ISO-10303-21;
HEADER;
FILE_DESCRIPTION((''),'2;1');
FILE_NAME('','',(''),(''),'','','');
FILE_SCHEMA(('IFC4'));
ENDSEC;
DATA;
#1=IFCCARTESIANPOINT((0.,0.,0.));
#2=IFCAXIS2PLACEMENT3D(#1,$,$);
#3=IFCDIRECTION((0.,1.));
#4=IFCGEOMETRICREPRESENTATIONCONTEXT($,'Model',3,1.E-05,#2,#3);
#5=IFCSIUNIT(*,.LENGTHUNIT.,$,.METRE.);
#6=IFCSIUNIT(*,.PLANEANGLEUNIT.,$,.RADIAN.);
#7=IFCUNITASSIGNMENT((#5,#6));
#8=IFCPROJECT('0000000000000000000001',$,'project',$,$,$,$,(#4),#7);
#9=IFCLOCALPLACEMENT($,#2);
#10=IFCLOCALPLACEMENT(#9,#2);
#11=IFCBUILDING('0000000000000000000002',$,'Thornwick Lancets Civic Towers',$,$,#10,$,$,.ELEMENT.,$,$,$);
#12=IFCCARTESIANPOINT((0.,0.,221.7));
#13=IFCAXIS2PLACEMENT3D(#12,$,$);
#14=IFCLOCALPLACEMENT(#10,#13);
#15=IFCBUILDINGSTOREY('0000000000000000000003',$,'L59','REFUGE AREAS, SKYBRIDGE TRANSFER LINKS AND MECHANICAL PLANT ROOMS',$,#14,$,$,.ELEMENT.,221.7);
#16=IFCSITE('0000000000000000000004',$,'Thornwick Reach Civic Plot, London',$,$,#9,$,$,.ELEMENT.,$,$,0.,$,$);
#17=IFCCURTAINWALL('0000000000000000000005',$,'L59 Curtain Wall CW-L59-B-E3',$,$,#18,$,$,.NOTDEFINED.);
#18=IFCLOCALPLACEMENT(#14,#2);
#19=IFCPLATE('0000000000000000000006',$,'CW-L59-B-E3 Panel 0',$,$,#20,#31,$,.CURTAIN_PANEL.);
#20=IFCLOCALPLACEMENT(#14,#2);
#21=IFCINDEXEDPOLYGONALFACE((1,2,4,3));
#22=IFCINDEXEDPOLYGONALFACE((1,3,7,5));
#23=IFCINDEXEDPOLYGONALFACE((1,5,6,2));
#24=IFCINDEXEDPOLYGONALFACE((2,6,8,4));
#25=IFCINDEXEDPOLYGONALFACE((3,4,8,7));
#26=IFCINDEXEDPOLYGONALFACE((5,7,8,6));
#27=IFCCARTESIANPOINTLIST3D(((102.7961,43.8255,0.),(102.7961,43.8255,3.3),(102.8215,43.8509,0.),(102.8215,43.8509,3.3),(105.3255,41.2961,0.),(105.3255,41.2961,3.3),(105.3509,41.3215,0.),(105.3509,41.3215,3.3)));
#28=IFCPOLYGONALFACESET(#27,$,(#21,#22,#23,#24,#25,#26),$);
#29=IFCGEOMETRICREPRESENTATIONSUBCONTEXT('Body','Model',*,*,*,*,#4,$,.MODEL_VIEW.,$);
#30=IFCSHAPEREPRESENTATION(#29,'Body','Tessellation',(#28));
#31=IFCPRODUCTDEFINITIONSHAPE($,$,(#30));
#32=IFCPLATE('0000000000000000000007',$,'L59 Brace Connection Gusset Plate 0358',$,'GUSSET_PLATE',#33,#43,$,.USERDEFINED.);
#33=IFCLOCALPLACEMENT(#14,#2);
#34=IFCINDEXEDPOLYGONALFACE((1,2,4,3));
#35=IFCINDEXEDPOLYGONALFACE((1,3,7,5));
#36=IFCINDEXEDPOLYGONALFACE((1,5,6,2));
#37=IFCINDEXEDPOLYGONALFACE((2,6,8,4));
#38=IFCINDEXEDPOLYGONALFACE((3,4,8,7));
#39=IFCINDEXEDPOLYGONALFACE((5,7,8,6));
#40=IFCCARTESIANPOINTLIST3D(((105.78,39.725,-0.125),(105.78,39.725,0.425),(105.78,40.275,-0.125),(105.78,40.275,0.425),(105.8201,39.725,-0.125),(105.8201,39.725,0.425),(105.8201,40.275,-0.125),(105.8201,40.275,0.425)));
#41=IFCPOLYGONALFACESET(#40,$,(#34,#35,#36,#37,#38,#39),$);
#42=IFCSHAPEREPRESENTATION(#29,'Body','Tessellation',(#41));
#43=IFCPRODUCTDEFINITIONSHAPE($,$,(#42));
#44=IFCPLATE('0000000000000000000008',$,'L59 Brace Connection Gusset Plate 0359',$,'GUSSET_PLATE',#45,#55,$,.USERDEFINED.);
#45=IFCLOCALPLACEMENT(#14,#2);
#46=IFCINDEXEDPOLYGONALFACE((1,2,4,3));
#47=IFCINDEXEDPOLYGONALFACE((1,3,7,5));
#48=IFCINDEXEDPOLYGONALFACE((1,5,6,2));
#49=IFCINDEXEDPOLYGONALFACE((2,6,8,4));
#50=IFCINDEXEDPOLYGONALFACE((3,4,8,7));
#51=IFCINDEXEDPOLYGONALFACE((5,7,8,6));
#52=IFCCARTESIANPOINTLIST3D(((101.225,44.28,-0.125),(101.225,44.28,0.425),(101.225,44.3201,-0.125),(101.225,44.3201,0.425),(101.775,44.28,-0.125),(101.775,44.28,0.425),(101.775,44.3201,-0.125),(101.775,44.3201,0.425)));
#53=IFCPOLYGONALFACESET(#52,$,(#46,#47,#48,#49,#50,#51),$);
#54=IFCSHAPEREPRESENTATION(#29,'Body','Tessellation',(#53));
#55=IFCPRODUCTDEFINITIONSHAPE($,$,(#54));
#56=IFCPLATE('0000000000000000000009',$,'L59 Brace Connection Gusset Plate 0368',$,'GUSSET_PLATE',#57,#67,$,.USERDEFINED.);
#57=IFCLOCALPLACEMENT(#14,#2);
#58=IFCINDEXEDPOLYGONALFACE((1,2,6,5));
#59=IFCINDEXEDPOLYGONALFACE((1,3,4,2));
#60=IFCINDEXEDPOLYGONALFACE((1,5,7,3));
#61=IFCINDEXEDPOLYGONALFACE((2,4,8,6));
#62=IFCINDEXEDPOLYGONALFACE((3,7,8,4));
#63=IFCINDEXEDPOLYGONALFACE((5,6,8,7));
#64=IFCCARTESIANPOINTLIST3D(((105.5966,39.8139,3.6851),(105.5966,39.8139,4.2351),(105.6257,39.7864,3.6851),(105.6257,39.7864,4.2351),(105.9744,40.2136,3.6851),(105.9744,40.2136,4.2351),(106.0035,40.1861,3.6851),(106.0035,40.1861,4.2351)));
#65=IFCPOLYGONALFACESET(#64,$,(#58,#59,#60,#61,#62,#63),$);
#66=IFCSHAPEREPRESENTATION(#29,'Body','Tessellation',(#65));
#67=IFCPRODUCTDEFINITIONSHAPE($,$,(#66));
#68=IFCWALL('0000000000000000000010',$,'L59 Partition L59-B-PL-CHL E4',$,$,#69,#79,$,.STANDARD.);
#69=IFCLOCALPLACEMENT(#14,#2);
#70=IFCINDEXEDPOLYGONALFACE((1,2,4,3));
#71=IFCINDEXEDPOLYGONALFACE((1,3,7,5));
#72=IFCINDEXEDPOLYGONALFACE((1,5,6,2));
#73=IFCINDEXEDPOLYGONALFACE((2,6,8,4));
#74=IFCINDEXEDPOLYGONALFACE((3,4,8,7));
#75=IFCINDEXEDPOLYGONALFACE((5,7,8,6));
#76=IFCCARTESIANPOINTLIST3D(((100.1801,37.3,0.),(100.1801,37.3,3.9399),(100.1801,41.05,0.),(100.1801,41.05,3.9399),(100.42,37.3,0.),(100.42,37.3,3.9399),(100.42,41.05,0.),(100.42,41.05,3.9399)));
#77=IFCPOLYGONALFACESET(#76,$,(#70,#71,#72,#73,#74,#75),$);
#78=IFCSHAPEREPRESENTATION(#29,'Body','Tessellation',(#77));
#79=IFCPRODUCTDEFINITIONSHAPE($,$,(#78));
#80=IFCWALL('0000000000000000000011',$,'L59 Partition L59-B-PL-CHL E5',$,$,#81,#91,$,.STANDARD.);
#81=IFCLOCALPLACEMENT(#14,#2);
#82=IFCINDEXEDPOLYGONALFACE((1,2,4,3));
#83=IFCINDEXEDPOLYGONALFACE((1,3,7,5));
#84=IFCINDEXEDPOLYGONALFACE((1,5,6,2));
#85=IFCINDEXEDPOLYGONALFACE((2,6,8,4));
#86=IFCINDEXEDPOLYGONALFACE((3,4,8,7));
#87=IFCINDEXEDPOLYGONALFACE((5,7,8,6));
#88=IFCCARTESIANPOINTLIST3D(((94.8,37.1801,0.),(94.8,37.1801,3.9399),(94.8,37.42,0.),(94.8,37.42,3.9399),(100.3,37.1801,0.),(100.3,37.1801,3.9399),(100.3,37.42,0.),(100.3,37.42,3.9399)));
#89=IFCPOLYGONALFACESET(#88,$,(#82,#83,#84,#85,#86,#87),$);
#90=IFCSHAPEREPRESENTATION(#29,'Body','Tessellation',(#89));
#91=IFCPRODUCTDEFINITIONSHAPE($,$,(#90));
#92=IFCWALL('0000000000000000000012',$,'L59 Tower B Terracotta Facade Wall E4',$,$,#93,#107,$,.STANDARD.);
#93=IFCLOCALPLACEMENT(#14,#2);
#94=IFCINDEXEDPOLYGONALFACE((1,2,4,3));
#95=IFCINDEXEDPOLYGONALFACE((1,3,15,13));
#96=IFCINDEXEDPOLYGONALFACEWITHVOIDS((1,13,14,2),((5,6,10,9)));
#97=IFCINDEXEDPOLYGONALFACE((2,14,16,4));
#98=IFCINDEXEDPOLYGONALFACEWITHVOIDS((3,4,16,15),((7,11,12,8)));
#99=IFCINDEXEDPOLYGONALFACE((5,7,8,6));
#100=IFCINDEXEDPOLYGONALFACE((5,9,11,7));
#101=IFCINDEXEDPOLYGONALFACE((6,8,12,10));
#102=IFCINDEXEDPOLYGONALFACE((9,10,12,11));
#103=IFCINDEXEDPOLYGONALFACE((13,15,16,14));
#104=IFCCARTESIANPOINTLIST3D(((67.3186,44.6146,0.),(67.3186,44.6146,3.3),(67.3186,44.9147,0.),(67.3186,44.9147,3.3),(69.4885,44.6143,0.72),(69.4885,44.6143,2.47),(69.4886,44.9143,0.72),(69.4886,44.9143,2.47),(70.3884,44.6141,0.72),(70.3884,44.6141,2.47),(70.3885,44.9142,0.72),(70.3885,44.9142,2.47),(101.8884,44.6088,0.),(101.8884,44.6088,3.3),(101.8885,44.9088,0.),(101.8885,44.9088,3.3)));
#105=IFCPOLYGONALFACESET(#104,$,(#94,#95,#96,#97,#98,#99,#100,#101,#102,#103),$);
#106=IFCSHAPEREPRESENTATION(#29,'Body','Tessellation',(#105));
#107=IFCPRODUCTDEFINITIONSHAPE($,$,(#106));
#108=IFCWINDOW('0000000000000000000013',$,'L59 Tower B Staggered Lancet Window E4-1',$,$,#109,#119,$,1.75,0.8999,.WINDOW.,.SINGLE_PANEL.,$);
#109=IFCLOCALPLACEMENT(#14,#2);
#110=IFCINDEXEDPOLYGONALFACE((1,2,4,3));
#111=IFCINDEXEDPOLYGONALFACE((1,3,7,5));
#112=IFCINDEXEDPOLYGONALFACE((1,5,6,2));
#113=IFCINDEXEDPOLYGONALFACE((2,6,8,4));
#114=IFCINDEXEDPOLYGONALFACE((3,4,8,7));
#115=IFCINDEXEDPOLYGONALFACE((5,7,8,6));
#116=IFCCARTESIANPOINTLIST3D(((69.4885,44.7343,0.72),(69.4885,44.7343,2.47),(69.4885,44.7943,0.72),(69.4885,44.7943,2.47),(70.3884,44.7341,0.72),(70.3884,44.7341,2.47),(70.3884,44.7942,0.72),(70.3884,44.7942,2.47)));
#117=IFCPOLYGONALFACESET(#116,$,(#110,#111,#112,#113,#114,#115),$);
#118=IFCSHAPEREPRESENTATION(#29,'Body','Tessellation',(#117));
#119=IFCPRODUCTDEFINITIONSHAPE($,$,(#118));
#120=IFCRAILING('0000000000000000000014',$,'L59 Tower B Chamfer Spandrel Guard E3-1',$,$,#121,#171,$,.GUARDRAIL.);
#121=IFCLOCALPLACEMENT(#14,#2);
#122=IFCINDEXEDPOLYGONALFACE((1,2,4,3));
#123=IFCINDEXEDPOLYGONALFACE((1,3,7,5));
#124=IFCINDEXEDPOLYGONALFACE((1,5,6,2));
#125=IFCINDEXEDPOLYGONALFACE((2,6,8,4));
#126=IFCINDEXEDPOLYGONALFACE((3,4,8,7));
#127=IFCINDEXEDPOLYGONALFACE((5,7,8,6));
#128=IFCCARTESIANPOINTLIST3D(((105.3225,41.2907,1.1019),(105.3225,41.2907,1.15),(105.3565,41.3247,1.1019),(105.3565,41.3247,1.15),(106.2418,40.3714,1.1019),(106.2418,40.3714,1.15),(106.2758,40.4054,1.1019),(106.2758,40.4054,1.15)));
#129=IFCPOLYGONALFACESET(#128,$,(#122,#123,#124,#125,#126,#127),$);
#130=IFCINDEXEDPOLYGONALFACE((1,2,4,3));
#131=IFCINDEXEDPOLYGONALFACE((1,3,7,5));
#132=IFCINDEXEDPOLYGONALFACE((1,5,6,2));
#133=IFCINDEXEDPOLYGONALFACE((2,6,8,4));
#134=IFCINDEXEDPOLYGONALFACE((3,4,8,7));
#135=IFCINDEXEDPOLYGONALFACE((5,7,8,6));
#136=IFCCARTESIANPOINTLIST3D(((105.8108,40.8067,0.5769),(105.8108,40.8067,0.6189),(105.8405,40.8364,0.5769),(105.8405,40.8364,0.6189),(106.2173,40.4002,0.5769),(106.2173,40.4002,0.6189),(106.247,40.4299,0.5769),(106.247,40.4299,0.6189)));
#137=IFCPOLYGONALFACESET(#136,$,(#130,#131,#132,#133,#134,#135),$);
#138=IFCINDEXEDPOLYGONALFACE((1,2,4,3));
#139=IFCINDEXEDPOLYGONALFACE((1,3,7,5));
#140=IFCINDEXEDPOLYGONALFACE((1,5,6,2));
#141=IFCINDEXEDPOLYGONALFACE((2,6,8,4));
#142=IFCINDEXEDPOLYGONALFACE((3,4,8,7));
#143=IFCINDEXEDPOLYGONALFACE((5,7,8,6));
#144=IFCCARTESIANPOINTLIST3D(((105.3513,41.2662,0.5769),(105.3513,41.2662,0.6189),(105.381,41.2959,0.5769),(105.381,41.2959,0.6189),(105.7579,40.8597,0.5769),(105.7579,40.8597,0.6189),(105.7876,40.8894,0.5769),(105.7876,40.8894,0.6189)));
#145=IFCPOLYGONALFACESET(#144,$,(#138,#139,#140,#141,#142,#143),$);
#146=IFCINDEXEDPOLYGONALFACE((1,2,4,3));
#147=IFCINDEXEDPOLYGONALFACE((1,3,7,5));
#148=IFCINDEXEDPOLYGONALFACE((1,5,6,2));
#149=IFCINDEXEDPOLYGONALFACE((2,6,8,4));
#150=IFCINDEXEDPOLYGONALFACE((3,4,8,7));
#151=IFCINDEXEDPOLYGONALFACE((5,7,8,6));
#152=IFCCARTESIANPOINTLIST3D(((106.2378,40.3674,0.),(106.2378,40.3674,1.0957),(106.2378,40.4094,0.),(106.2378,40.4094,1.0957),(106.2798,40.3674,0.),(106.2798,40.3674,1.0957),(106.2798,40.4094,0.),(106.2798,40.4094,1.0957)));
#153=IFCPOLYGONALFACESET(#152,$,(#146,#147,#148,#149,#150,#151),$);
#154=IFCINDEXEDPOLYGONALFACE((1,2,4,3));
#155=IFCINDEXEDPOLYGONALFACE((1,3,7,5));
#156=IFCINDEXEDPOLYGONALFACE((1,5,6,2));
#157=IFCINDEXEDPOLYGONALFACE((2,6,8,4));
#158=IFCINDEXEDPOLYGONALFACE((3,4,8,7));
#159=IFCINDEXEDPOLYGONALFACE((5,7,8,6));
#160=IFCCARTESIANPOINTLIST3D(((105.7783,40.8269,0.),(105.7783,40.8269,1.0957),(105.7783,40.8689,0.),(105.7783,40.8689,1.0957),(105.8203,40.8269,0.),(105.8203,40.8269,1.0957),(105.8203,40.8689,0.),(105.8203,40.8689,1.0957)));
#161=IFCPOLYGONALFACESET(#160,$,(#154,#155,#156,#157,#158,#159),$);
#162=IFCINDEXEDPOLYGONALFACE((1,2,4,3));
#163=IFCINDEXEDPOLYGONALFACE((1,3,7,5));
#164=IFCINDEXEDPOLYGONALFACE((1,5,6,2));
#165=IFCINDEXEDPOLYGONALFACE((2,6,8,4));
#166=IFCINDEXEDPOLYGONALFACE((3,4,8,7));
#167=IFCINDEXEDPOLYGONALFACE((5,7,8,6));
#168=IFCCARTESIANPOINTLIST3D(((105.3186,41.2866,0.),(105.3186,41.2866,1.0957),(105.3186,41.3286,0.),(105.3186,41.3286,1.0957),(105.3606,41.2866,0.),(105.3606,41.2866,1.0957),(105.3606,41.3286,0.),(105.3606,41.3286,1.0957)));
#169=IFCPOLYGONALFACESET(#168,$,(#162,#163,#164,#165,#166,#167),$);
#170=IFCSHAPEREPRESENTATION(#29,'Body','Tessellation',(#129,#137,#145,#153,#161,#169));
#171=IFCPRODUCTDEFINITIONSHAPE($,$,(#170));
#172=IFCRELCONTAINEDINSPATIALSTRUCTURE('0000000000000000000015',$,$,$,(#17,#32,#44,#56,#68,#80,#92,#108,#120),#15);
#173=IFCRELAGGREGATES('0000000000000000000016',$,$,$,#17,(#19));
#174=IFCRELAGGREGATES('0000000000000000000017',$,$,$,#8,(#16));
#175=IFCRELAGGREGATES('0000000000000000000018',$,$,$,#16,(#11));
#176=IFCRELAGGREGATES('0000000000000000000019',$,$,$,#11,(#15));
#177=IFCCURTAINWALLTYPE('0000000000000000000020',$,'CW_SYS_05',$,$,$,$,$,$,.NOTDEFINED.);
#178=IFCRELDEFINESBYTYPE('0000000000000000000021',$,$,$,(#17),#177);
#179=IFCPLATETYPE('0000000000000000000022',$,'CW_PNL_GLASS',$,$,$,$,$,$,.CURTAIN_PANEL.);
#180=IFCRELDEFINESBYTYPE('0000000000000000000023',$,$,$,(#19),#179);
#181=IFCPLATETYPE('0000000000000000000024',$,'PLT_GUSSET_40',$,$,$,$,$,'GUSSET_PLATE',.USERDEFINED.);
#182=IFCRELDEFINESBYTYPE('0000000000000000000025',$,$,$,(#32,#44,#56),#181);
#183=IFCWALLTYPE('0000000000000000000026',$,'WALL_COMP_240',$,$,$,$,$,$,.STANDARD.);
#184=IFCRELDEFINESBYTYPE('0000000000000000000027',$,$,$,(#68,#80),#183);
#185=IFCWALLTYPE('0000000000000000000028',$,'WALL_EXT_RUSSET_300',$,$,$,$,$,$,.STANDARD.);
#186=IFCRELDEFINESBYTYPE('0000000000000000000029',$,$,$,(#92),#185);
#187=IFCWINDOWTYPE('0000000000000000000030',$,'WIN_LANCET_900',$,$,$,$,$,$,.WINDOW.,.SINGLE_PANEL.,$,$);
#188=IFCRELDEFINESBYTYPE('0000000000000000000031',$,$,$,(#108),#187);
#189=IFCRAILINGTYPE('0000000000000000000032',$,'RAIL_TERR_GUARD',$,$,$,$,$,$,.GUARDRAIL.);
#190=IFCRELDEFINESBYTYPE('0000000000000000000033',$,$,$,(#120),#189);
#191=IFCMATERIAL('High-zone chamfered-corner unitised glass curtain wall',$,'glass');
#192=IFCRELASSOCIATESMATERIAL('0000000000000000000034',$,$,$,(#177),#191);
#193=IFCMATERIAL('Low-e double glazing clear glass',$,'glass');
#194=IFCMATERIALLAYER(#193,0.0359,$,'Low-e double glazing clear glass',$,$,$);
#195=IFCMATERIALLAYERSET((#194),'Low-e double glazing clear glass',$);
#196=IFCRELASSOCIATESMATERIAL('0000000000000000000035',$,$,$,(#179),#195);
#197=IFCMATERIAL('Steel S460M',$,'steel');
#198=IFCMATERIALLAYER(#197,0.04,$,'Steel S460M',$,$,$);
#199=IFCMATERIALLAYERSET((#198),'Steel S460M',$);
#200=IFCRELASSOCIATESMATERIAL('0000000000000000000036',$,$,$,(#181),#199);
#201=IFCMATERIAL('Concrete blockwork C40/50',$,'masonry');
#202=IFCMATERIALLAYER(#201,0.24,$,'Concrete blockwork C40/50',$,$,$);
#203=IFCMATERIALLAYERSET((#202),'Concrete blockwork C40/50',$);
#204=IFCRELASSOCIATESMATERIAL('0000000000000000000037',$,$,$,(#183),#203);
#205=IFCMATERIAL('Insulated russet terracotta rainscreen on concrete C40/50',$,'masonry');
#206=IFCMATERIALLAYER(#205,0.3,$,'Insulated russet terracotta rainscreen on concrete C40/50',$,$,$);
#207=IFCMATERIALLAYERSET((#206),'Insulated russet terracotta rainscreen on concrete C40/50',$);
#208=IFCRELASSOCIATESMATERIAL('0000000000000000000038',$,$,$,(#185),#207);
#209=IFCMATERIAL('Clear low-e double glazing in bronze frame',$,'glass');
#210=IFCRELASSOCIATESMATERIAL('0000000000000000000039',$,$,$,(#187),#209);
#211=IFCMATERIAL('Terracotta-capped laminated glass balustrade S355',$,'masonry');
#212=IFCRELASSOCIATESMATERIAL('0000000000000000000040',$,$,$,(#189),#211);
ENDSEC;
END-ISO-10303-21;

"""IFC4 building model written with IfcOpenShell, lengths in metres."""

from ifc_helpers import new_model, si_unit, direction, frame, frame_2d, origin, origin_2d, place, context, subcontext, project, spatial, rectangle, extrude, material, layer, layer_set, type_object, element, fill, aggregate, save


model = new_model("IFC4")

# Units and contexts
model_context = context("Model", 3, precision=1e-05, world=origin(), true_north=direction((0.0, 1.0)))
body_context = subcontext(model_context, "Body", "Model", "MODEL_VIEW")
ifc_project = project(units=[si_unit("LENGTHUNIT", "METRE"), si_unit("PLANEANGLEUNIT", "RADIAN")], contexts=[model_context])

# Site, building, storey
site_placement = place(None, origin())
site = spatial("IfcSite", under=ifc_project, at=site_placement, Name="Thornwick Reach Civic Plot, London", CompositionType="ELEMENT", RefElevation=0.0)
building_placement = place(site_placement, origin())
building = spatial("IfcBuilding", under=site, at=building_placement, Name="Thornwick Lancets Civic Towers", CompositionType="ELEMENT")
storey_placement = place(building_placement, frame((0.0, 0.0, 221.7)))
storey = spatial("IfcBuildingStorey", under=building, at=storey_placement, Name="L59", Description="REFUGE AREAS, SKYBRIDGE TRANSFER LINKS AND MECHANICAL PLANT ROOMS", CompositionType="ELEMENT", Elevation=221.7)

# Shared definitions
ifc_material_1 = material(Name="Steel S460M", Category="steel")

# Curtain wall
ifc_material_2 = material(Name="High-zone chamfered-corner unitised glass curtain wall", Category="glass")
curtain_wall_type = type_object("IfcCurtainWallType", Name="CW_SYS_05", PredefinedType="NOTDEFINED", material=ifc_material_2)
curtain_wall_placement = place(storey_placement, origin())
curtain_wall = element("IfcCurtainWall", 1, at=curtain_wall_placement, inside=storey, type_object=curtain_wall_type, Name="L59 Curtain Wall CW-L59-B-E3", PredefinedType="NOTDEFINED")

# Plate
ifc_material_3 = material(Name="Low-e double glazing clear glass", Category="glass")
ifc_layer_1 = layer(ifc_material_3, 0.0359, Name="Low-e double glazing clear glass")
ifc_layer_set_1 = layer_set([ifc_layer_1], Name="Low-e double glazing clear glass")
plate_type_1 = type_object("IfcPlateType", Name="CW_PNL_GLASS", PredefinedType="CURTAIN_PANEL", material=ifc_layer_set_1)
plate_placement = place(storey_placement, frame((104.0735, 42.5735, 0.0), z_axis=(0.0, 0.0, 1.0), x_axis=(-0.707107, 0.707107, 0.0)))
plate = element("IfcPlate", 2, at=plate_placement, type_object=plate_type_1, Name="CW-L59-B-E3 Panel 0", PredefinedType="CURTAIN_PANEL", context=body_context, shape_type="SweptSolid", body=[
    extrude(rectangle(XDim=3.5771, YDim=0.0359, at=origin_2d()), origin(), (0.0, 0.0, 1.0), 3.3),
])
aggregate(curtain_wall, [plate])

# Plates
ifc_layer_2 = layer(ifc_material_1, 0.04, Name="Steel S460M")
ifc_layer_set_2 = layer_set([ifc_layer_2], Name="Steel S460M")
plate_type_2 = type_object("IfcPlateType", Name="PLT_GUSSET_40", ElementType="GUSSET_PLATE", PredefinedType="USERDEFINED", material=ifc_layer_set_2)
for number, where, z_axis, x_axis, name in (
    (3, (105.8, 40.0, -0.125), (0.0, 0.0, 1.0), (0.0, -1.0, 0.0), "L59 Brace Connection Gusset Plate 0358"),
    (4, (101.5, 44.3, -0.125), (0.0, 0.0, 1.0), (-1.0, 0.0, 0.0), "L59 Brace Connection Gusset Plate 0359"),
    (5, (105.8, 40.0, 3.6851), (0.0, 0.0, 1.0), (0.686834, 0.726814, 0.0), "L59 Brace Connection Gusset Plate 0368"),
):
    element("IfcPlate", number, at=place(storey_placement, frame(where, z_axis=z_axis, x_axis=x_axis)), inside=storey, type_object=plate_type_2, Name=name, ObjectType="GUSSET_PLATE", PredefinedType="USERDEFINED", context=body_context, shape_type="SweptSolid", body=[
        extrude(rectangle(XDim=0.55, YDim=0.04, at=origin_2d()), origin(), (0.0, 0.0, 1.0), 0.55),
    ])

# Walls
ifc_material_4 = material(Name="Concrete blockwork C40/50", Category="masonry")
ifc_layer_3 = layer(ifc_material_4, 0.24, Name="Concrete blockwork C40/50")
ifc_layer_set_3 = layer_set([ifc_layer_3], Name="Concrete blockwork C40/50")
wall_type_1 = type_object("IfcWallType", Name="WALL_COMP_240", PredefinedType="STANDARD", material=ifc_layer_set_3)
wall_1_placement = place(storey_placement, frame((100.3, 41.05, 0.0), z_axis=(0.0, 0.0, 1.0), x_axis=(0.0, -1.0, 0.0)))
element("IfcWall", 6, at=wall_1_placement, inside=storey, type_object=wall_type_1, Name="L59 Partition L59-B-PL-CHL E4", PredefinedType="STANDARD", context=body_context, shape_type="SweptSolid", body=[
    extrude(rectangle(XDim=3.75, YDim=0.24, at=frame_2d((1.875, 0.0))), origin(), (0.0, 0.0, 1.0), 3.9399),
])
wall_2_placement = place(storey_placement, frame((100.3, 37.3, 0.0), z_axis=(0.0, 0.0, 1.0), x_axis=(-1.0, 0.0, 0.0)))
element("IfcWall", 7, at=wall_2_placement, inside=storey, type_object=wall_type_1, Name="L59 Partition L59-B-PL-CHL E5", PredefinedType="STANDARD", context=body_context, shape_type="SweptSolid", body=[
    extrude(rectangle(XDim=5.5, YDim=0.24, at=frame_2d((2.75, 0.0))), origin(), (0.0, 0.0, 1.0), 3.9399),
])

# Wall, opening, window
ifc_material_5 = material(Name="Insulated russet terracotta rainscreen on concrete C40/50", Category="masonry")
ifc_layer_4 = layer(ifc_material_5, 0.3, Name="Insulated russet terracotta rainscreen on concrete C40/50")
ifc_layer_set_4 = layer_set([ifc_layer_4], Name="Insulated russet terracotta rainscreen on concrete C40/50")
wall_type_2 = type_object("IfcWallType", Name="WALL_EXT_RUSSET_300", PredefinedType="STANDARD", material=ifc_layer_set_4)
wall_3_placement = place(storey_placement, frame((101.8884, 44.7588, 0.0), z_axis=(0.0, 0.0, 1.0), x_axis=(-1.0, 0.000169, 0.0)))
wall_3 = element("IfcWall", 8, at=wall_3_placement, inside=storey, type_object=wall_type_2, Name="L59 Tower B Terracotta Facade Wall E4", PredefinedType="STANDARD", context=body_context, shape_type="SweptSolid", body=[
    extrude(rectangle(XDim=34.5698, YDim=0.3, at=frame_2d((17.2849, 0.0))), origin(), (0.0, 0.0, 1.0), 3.3),
])
opening_placement = place(wall_3_placement, frame((31.5, 0.0, 0.72)))
opening = element("IfcOpeningElement", 9, at=opening_placement, cuts=wall_3, PredefinedType="OPENING", context=body_context, shape_type="SweptSolid", body=[
    extrude(rectangle(XDim=0.8999, YDim=1.75, at=frame_2d((0.45, 0.875))), frame((0.0, 0.1602, 0.0), z_axis=(0.0, -1.0, 0.0), x_axis=(1.0, 0.0, 0.0)), (0.0, 0.0, 1.0), 0.3201),
])
ifc_material_6 = material(Name="Clear low-e double glazing in bronze frame", Category="glass")
window_type = type_object("IfcWindowType", Name="WIN_LANCET_900", PartitioningType="SINGLE_PANEL", PredefinedType="WINDOW", material=ifc_material_6)
window_placement = place(opening_placement, origin())
window = element("IfcWindow", 10, at=window_placement, inside=storey, type_object=window_type, Name="L59 Tower B Staggered Lancet Window E4-1", OverallHeight=1.75, OverallWidth=0.8999, PartitioningType="SINGLE_PANEL", PredefinedType="WINDOW", context=body_context, shape_type="SweptSolid", body=[
    extrude(rectangle(XDim=0.8999, YDim=1.75, at=frame_2d((0.45, 0.875))), frame((0.0, 0.03, 0.0), z_axis=(0.0, -1.0, 0.0), x_axis=(1.0, 0.0, 0.0)), (0.0, 0.0, 1.0), 0.0601),
])
fill(opening, window)

# Railing
ifc_material_7 = material(Name="Terracotta-capped laminated glass balustrade S355", Category="masonry")
railing_type = type_object("IfcRailingType", Name="RAIL_TERR_GUARD", PredefinedType="GUARDRAIL", material=ifc_material_7)
for number, where, name in (
    (11, (106.2588, 40.3884, 0.0), "L59 Tower B Chamfer Spandrel Guard E3-1"),
):
    element("IfcRailing", number, at=place(storey_placement, frame(where)), inside=storey, type_object=railing_type, Name=name, PredefinedType="GUARDRAIL", context=body_context, shape_type="SweptSolid", body=[
        extrude(rectangle(XDim=0.0481, YDim=0.0481, at=origin_2d()), frame((0.0, 0.0, 1.126), z_axis=(-0.707107, 0.707107, 0.0), x_axis=(-0.707107, -0.707107, 0.0)), (0.0, 0.0, 1.0), 1.3),
        extrude(rectangle(XDim=0.042, YDim=0.042, at=origin_2d()), frame((-0.0266, 0.0266, 0.5979), z_axis=(-0.707107, 0.707107, 0.0), x_axis=(-0.707107, -0.707107, 0.0)), (0.0, 0.0, 1.0), 0.575),
        extrude(rectangle(XDim=0.042, YDim=0.042, at=origin_2d()), frame((-0.4861, 0.4861, 0.5979), z_axis=(-0.707107, 0.707107, 0.0), x_axis=(-0.707107, -0.707107, 0.0)), (0.0, 0.0, 1.0), 0.575),
        extrude(rectangle(XDim=0.042, YDim=0.042, at=origin_2d()), origin(), (0.0, 0.0, 1.0), 1.0957),
        extrude(rectangle(XDim=0.042, YDim=0.042, at=origin_2d()), frame((-0.4595, 0.4595, 0.0)), (0.0, 0.0, 1.0), 1.0957),
        extrude(rectangle(XDim=0.042, YDim=0.042, at=origin_2d()), frame((-0.9192, 0.9192, 0.0)), (0.0, 0.0, 1.0), 1.0957),
    ])

save(model, "model.ifc")
